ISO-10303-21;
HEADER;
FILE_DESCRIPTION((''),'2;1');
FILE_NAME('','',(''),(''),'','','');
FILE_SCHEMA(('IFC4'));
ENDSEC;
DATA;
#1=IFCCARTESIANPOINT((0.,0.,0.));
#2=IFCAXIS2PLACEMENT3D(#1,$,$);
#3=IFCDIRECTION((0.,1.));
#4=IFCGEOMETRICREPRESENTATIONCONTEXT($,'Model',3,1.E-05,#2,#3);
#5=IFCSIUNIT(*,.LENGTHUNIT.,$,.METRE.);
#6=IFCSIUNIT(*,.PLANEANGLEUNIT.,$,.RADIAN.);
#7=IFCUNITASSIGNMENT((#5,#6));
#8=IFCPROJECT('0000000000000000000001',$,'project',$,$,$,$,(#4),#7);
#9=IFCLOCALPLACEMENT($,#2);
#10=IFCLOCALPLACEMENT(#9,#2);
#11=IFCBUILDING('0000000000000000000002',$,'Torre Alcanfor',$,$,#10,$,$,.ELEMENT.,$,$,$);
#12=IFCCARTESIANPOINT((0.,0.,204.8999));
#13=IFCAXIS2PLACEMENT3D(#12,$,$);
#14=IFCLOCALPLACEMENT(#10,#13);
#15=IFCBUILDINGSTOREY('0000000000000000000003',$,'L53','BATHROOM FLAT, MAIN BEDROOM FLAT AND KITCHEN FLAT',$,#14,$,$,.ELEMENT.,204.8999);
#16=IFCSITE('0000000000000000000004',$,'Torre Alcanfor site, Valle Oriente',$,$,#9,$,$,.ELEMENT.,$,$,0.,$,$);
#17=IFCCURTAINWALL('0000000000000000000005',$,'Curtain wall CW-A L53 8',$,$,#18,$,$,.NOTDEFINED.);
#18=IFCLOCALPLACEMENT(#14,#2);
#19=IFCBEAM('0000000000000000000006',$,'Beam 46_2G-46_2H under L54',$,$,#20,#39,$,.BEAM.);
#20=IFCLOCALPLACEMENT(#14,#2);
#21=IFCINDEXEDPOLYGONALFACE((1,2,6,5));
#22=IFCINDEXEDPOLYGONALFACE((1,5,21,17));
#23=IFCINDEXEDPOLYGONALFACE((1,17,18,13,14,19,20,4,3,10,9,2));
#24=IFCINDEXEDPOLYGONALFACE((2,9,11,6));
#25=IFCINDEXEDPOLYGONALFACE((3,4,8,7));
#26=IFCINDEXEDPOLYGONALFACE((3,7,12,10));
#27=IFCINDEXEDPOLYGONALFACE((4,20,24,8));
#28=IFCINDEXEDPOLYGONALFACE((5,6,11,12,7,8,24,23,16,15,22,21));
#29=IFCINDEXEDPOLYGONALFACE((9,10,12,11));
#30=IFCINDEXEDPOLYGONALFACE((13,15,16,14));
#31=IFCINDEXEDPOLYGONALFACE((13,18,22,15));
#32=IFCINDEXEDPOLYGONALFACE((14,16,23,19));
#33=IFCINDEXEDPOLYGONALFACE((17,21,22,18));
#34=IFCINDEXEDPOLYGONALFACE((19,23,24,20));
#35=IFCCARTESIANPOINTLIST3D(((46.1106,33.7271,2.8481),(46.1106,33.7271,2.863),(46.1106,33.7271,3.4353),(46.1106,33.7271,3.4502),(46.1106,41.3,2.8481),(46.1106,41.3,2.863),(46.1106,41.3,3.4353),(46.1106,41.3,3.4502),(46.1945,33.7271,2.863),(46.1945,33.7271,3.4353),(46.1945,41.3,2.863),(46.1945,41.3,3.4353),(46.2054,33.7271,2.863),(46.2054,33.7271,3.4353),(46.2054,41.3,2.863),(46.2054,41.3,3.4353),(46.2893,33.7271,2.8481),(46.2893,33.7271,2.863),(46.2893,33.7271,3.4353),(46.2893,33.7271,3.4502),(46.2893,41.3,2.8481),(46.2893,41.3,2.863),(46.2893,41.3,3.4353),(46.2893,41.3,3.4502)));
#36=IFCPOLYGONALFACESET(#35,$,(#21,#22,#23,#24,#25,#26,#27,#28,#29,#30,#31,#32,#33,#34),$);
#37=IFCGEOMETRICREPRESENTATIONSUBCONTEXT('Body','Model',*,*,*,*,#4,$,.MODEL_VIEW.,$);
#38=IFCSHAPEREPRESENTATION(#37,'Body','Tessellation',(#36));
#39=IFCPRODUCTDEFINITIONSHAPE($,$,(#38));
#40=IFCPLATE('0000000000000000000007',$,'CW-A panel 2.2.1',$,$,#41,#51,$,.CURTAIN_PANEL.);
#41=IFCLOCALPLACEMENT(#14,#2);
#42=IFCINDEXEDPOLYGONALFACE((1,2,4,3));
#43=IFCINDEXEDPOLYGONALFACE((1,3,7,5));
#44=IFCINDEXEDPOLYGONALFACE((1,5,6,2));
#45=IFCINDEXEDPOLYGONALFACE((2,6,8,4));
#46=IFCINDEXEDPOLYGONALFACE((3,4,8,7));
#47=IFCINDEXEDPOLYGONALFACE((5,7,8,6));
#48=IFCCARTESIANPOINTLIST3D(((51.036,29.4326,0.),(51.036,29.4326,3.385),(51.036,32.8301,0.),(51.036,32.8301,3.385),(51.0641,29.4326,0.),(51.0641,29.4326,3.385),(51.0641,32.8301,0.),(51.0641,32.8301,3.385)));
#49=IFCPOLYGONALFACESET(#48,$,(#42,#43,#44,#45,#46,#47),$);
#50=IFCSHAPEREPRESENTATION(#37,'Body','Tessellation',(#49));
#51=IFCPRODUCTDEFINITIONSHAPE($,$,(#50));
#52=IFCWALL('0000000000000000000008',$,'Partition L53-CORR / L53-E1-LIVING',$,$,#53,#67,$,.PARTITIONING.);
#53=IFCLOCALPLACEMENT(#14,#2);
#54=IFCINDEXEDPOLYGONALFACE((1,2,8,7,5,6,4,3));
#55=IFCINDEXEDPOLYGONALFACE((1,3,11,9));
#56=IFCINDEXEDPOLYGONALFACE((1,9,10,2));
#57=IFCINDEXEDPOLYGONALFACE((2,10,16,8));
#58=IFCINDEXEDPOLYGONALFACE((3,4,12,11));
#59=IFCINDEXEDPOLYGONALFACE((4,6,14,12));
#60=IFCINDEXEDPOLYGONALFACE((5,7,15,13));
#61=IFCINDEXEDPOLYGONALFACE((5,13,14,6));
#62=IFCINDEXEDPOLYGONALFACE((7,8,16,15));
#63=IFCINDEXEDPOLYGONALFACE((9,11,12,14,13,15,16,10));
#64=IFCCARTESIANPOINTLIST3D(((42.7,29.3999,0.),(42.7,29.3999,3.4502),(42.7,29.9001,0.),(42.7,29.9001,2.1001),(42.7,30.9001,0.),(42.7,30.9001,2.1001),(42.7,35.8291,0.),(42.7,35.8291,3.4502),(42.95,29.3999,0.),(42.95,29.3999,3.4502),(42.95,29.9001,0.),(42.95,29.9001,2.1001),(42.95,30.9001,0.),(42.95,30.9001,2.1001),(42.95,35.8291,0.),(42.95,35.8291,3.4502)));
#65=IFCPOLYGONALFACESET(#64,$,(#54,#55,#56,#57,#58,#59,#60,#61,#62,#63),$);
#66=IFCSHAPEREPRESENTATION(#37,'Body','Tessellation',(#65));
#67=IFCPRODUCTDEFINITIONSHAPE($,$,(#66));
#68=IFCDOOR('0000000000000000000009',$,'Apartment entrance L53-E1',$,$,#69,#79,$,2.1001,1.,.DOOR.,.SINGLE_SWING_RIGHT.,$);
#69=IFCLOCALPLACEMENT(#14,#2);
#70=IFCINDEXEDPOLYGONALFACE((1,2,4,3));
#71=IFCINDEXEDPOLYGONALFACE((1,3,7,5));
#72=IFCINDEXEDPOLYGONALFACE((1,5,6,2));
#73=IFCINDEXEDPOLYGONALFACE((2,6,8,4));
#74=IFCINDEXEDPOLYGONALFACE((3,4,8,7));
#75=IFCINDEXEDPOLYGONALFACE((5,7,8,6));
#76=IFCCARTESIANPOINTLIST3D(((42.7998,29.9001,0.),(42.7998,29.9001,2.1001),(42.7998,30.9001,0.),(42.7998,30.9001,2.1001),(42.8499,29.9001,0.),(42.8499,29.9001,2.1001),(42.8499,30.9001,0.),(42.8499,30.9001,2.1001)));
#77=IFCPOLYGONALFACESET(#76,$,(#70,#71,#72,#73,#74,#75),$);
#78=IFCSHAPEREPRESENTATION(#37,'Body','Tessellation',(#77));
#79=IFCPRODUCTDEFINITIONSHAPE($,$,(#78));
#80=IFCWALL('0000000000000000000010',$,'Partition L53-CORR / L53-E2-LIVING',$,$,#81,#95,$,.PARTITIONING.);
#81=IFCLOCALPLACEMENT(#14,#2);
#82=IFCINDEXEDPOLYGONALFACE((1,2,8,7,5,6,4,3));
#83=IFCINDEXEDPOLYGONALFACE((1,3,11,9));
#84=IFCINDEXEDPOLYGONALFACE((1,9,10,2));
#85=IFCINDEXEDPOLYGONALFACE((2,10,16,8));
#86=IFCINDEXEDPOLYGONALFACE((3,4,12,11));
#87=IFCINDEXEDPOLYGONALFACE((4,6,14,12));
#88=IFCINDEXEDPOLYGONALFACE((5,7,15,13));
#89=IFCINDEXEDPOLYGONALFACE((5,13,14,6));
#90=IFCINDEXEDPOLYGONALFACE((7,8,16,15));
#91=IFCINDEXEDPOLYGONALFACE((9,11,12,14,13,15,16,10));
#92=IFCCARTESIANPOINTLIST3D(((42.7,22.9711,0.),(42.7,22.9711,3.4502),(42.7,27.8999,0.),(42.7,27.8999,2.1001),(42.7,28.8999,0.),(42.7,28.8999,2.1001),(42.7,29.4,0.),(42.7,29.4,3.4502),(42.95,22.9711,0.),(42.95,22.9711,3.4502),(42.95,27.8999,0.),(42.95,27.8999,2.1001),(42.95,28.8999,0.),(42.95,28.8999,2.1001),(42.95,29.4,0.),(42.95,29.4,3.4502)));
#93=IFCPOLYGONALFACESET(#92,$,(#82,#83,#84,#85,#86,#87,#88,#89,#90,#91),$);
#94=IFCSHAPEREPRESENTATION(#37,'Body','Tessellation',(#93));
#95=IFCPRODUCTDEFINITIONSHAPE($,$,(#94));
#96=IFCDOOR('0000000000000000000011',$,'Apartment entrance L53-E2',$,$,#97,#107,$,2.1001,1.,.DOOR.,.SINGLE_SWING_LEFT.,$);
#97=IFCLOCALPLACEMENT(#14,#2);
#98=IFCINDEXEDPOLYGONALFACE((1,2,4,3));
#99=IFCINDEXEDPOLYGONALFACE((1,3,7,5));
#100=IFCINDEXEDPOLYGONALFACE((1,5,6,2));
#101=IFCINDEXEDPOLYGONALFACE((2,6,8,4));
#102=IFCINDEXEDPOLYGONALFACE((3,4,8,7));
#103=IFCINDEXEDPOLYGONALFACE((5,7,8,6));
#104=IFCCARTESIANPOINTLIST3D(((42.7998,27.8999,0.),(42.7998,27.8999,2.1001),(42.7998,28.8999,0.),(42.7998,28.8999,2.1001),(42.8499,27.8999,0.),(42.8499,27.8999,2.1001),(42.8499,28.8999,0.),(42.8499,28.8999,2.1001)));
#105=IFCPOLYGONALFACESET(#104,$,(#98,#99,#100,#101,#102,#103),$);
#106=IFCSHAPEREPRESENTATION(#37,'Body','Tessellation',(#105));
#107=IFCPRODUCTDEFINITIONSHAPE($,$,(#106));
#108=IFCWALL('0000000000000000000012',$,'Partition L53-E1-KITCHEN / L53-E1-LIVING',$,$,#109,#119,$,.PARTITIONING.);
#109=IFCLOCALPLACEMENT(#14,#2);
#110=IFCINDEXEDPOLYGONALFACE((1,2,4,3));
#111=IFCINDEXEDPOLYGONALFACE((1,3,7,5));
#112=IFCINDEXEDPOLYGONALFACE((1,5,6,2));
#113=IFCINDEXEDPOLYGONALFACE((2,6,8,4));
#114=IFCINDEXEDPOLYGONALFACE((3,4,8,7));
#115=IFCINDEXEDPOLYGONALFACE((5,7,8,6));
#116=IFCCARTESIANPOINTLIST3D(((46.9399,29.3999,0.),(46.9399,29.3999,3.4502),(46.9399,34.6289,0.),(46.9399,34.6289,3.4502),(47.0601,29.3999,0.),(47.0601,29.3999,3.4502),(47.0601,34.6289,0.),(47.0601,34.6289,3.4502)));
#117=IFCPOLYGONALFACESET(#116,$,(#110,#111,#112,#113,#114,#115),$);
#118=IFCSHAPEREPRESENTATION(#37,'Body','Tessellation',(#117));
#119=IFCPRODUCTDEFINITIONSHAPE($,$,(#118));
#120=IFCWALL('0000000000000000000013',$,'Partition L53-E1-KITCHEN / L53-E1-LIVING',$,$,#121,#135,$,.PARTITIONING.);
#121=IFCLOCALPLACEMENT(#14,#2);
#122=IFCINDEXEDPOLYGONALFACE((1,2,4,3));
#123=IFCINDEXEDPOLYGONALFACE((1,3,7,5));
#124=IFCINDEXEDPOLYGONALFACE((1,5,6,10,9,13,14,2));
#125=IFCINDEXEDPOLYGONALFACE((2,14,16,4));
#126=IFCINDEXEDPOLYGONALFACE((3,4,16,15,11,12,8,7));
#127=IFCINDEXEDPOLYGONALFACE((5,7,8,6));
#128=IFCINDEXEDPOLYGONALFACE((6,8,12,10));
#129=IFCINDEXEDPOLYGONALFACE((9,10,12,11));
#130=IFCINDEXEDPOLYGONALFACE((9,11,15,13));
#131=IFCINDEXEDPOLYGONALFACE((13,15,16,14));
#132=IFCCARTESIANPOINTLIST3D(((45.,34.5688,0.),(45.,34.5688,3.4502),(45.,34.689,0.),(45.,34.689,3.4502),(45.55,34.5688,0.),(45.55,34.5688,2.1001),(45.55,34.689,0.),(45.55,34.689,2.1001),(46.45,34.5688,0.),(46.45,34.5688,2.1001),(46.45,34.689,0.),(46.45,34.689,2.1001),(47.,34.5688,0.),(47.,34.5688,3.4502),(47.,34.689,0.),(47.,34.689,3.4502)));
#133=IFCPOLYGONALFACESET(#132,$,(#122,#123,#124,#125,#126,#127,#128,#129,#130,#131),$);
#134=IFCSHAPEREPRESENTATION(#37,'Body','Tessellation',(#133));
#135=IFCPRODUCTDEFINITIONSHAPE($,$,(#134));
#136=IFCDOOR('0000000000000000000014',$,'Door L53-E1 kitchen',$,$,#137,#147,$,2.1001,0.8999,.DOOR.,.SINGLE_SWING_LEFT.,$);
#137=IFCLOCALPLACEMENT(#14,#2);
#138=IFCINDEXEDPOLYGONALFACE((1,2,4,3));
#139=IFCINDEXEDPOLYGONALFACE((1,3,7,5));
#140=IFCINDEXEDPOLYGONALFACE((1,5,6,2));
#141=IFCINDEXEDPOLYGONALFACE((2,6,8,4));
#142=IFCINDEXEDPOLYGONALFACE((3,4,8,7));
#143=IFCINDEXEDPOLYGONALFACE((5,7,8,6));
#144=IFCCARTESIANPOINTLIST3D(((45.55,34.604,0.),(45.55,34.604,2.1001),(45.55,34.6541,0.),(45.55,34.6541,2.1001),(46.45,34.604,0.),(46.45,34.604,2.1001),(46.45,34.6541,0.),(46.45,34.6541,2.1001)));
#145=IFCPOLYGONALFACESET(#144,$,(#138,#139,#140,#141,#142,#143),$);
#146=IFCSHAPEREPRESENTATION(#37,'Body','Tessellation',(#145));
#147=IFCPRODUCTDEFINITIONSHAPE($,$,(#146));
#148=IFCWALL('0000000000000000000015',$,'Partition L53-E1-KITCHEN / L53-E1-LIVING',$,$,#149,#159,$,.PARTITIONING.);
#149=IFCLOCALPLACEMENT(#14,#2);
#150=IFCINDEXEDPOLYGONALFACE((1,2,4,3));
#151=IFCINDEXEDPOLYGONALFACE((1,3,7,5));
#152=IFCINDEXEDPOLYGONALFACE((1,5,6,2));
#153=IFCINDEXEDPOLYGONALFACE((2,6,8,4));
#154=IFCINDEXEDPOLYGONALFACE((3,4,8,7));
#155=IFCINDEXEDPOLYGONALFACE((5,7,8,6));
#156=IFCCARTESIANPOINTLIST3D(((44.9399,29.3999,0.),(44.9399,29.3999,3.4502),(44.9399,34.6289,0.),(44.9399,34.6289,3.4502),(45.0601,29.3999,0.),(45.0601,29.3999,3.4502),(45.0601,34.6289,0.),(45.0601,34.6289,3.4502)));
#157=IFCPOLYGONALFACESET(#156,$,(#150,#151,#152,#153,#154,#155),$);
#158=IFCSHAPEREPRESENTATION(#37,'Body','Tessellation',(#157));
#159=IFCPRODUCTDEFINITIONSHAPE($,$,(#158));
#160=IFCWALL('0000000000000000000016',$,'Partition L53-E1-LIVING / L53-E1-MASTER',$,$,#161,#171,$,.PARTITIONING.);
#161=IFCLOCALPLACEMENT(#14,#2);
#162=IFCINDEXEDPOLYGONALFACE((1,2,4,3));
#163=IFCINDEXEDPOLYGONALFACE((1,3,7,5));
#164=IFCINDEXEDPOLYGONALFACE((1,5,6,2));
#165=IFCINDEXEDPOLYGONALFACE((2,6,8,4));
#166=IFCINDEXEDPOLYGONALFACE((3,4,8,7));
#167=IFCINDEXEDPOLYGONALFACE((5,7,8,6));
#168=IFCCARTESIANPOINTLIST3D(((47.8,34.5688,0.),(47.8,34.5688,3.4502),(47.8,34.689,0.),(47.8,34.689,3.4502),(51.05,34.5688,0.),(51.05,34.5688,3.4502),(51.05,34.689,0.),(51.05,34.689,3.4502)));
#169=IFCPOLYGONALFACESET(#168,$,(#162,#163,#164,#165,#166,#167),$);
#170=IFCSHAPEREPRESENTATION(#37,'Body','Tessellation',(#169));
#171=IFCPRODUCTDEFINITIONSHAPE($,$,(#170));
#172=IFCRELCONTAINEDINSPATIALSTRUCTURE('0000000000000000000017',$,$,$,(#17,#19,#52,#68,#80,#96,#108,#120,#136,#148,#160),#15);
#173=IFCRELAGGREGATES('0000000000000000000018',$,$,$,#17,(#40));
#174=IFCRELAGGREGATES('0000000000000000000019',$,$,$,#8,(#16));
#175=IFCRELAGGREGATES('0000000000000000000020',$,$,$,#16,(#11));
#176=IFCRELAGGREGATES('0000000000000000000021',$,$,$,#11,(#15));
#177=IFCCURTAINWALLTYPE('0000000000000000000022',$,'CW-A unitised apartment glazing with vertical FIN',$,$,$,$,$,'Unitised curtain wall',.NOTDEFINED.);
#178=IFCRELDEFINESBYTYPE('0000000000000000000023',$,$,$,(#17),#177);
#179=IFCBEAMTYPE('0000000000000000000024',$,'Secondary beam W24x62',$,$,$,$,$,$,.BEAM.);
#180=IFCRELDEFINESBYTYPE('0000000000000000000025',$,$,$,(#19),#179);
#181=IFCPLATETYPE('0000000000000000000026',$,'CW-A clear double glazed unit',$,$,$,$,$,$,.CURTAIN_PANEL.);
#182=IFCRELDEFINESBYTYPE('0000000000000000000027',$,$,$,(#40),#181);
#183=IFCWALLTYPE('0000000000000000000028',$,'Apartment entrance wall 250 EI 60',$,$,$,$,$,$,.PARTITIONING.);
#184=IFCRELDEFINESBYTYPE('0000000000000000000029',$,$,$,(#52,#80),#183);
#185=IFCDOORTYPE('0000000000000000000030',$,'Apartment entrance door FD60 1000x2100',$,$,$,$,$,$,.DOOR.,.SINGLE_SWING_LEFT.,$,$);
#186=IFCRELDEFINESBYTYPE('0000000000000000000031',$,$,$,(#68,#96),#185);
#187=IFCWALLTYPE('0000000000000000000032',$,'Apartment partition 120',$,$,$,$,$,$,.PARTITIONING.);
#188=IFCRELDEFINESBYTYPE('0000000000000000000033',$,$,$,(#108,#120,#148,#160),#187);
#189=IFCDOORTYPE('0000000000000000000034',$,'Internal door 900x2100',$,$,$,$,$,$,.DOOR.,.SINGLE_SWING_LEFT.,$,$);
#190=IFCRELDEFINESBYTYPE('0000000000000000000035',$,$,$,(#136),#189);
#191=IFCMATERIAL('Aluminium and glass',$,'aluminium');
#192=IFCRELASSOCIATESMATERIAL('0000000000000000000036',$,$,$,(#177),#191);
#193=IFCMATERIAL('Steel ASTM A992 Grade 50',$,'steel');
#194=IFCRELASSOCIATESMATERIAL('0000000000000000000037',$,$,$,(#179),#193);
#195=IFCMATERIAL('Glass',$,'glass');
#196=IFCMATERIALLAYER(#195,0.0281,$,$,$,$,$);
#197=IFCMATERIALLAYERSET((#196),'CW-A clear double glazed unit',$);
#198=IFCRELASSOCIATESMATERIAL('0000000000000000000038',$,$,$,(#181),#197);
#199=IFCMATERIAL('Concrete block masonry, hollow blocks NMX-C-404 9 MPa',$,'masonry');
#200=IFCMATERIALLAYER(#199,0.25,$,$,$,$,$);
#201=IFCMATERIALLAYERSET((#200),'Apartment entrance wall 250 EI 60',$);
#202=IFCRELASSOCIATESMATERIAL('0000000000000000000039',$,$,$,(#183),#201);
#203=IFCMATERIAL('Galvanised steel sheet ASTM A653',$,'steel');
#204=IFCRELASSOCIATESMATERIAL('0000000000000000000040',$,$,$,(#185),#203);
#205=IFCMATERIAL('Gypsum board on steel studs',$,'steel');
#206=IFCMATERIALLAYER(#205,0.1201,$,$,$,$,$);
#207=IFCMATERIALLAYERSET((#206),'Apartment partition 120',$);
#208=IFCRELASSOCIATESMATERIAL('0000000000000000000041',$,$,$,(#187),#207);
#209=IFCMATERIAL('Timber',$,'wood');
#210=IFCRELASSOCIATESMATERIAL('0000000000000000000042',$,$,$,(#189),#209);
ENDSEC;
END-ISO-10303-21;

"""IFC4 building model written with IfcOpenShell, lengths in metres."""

from ifc_helpers import new_model, si_unit, direction, frame, frame_2d, origin, origin_2d, place, context, subcontext, project, spatial, rectangle, i_section, extrude, material, layer, layer_set, material_profile, profile_set, type_object, element, fill, aggregate, save


model = new_model("IFC4")

# Units and contexts
model_context = context("Model", 3, precision=1e-05, world=origin(), true_north=direction((0.0, 1.0)))
body_context = subcontext(model_context, "Body", "Model", "MODEL_VIEW")
ifc_project = project(units=[si_unit("LENGTHUNIT", "METRE"), si_unit("PLANEANGLEUNIT", "RADIAN")], contexts=[model_context])

# Site, building, storey
site_placement = place(None, origin())
site = spatial("IfcSite", under=ifc_project, at=site_placement, Name="Torre Alcanfor site, Valle Oriente", CompositionType="ELEMENT", RefElevation=0.0)
building_placement = place(site_placement, origin())
building = spatial("IfcBuilding", under=site, at=building_placement, Name="Torre Alcanfor", CompositionType="ELEMENT")
storey_placement = place(building_placement, frame((0.0, 0.0, 204.8999)))
storey = spatial("IfcBuildingStorey", under=building, at=storey_placement, Name="L53", Description="BATHROOM FLAT, MAIN BEDROOM FLAT AND KITCHEN FLAT", CompositionType="ELEMENT", Elevation=204.8999)

# Curtain wall
ifc_material_1 = material(Name="Aluminium and glass", Category="aluminium")
curtain_wall_type = type_object("IfcCurtainWallType", Name="CW-A unitised apartment glazing with vertical FIN", ElementType="Unitised curtain wall", PredefinedType="NOTDEFINED", material=ifc_material_1)
curtain_wall_placement = place(storey_placement, origin())
curtain_wall = element("IfcCurtainWall", 1, at=curtain_wall_placement, inside=storey, type_object=curtain_wall_type, Name="Curtain wall CW-A L53 8", PredefinedType="NOTDEFINED")

# Beam
ifc_material_2 = material(Name="Steel ASTM A992 Grade 50", Category="steel")
ifc_material_profile_1 = material_profile(ifc_material_2, i_section(OverallWidth=0.1787, OverallDepth=0.6021, WebThickness=0.011, FlangeThickness=0.0149, at=origin_2d()), Name="W24x62")
ifc_profile_set_1 = profile_set([ifc_material_profile_1], Name="Steel ASTM A992 Grade 50")
beam_type_1 = type_object("IfcBeamType", Name="Secondary beam W24x62", PredefinedType="BEAM", material=ifc_profile_set_1)
beam_1_placement = place(storey_placement, frame((46.2, 33.7271, 3.1492), z_axis=(0.0, 1.0, 0.0), x_axis=(-1.0, 0.0, 0.0)))
element("IfcBeam", 2, at=beam_1_placement, inside=storey, type_object=beam_type_1, Name="Beam 46_2G-46_2H under L54", PredefinedType="BEAM", context=body_context, shape_type="SweptSolid", body=[
    extrude(i_section(OverallWidth=0.1787, OverallDepth=0.6021, WebThickness=0.011, FlangeThickness=0.0149, at=origin_2d()), origin(), (0.0, 0.0, 1.0), 7.573),
])

# Plate
ifc_material_3 = material(Name="Glass", Category="glass")
ifc_layer_1 = layer(ifc_material_3, 0.0281)
ifc_layer_set_1 = layer_set([ifc_layer_1], Name="CW-A clear double glazed unit")
plate_type = type_object("IfcPlateType", Name="CW-A clear double glazed unit", PredefinedType="CURTAIN_PANEL", material=ifc_layer_set_1)
plate_placement = place(storey_placement, frame((51.05, 31.1313, 0.0), z_axis=(0.0, 0.0, 1.0), x_axis=(0.0, 1.0, 0.0)))
plate = element("IfcPlate", 3, at=plate_placement, type_object=plate_type, Name="CW-A panel 2.2.1", PredefinedType="CURTAIN_PANEL", context=body_context, shape_type="SweptSolid", body=[
    extrude(rectangle(XDim=3.3975, YDim=0.0281, at=origin_2d()), origin(), (0.0, 0.0, 1.0), 3.385),
])
aggregate(curtain_wall, [plate])

# Walls, openings, doors
ifc_material_4 = material(Name="Concrete block masonry, hollow blocks NMX-C-404 9 MPa", Category="masonry")
ifc_layer_2 = layer(ifc_material_4, 0.25)
ifc_layer_set_2 = layer_set([ifc_layer_2], Name="Apartment entrance wall 250 EI 60")
wall_type_1 = type_object("IfcWallType", Name="Apartment entrance wall 250 EI 60", PredefinedType="PARTITIONING", material=ifc_layer_set_2)
wall_1_placement = place(storey_placement, frame((42.825, 35.8291, 0.0), z_axis=(0.0, 0.0, 1.0), x_axis=(0.0, -1.0, 0.0)))
wall_1 = element("IfcWall", 4, at=wall_1_placement, inside=storey, type_object=wall_type_1, Name="Partition L53-CORR / L53-E1-LIVING", PredefinedType="PARTITIONING", context=body_context, shape_type="SweptSolid", body=[
    extrude(rectangle(XDim=6.4292, YDim=0.25, at=frame_2d((3.2146, 0.0))), origin(), (0.0, 0.0, 1.0), 3.4502),
])
opening_1_placement = place(wall_1_placement, frame((4.929, 0.0, 0.0)))
opening_1 = element("IfcOpeningElement", 5, at=opening_1_placement, cuts=wall_1, PredefinedType="OPENING", context=body_context, shape_type="SweptSolid", body=[
    extrude(rectangle(XDim=1.0, YDim=2.1001, at=frame_2d((0.5, 1.05))), frame((0.0, 0.135, 0.0), z_axis=(0.0, -1.0, 0.0), x_axis=(1.0, 0.0, 0.0)), (0.0, 0.0, 1.0), 0.27),
])
ifc_material_5 = material(Name="Galvanised steel sheet ASTM A653", Category="steel")
door_type_1 = type_object("IfcDoorType", Name="Apartment entrance door FD60 1000x2100", OperationType="SINGLE_SWING_LEFT", PredefinedType="DOOR", material=ifc_material_5)
door_1_placement = place(opening_1_placement, origin())
door_1 = element("IfcDoor", 6, at=door_1_placement, inside=storey, type_object=door_type_1, Name="Apartment entrance L53-E1", OperationType="SINGLE_SWING_RIGHT", OverallHeight=2.1001, OverallWidth=1.0, PredefinedType="DOOR", context=body_context, shape_type="SweptSolid", body=[
    extrude(rectangle(XDim=1.0, YDim=2.1001, at=frame_2d((0.5, 1.05))), frame((0.0, 0.0249, 0.0), z_axis=(0.0, -1.0, 0.0), x_axis=(1.0, 0.0, 0.0)), (0.0, 0.0, 1.0), 0.05),
])
fill(opening_1, door_1)
wall_2_placement = place(storey_placement, frame((42.825, 29.3999, 0.0), z_axis=(0.0, 0.0, 1.0), x_axis=(0.0, -1.0, 0.0)))
wall_2 = element("IfcWall", 7, at=wall_2_placement, inside=storey, type_object=wall_type_1, Name="Partition L53-CORR / L53-E2-LIVING", PredefinedType="PARTITIONING", context=body_context, shape_type="SweptSolid", body=[
    extrude(rectangle(XDim=6.429, YDim=0.25, at=frame_2d((3.2144, 0.0))), origin(), (0.0, 0.0, 1.0), 3.4502),
])
opening_2_placement = place(wall_2_placement, frame((0.5, 0.0, 0.0)))
opening_2 = element("IfcOpeningElement", 8, at=opening_2_placement, cuts=wall_2, PredefinedType="OPENING", context=body_context, shape_type="SweptSolid", body=[
    extrude(rectangle(XDim=1.0, YDim=2.1001, at=frame_2d((0.5, 1.05))), frame((0.0, 0.135, 0.0), z_axis=(0.0, -1.0, 0.0), x_axis=(1.0, 0.0, 0.0)), (0.0, 0.0, 1.0), 0.27),
])
door_2_placement = place(opening_2_placement, origin())
door_2 = element("IfcDoor", 9, at=door_2_placement, inside=storey, type_object=door_type_1, Name="Apartment entrance L53-E2", OperationType="SINGLE_SWING_LEFT", OverallHeight=2.1001, OverallWidth=1.0, PredefinedType="DOOR", context=body_context, shape_type="SweptSolid", body=[
    extrude(rectangle(XDim=1.0, YDim=2.1001, at=frame_2d((0.5, 1.05))), frame((0.0, 0.0249, 0.0), z_axis=(0.0, -1.0, 0.0), x_axis=(1.0, 0.0, 0.0)), (0.0, 0.0, 1.0), 0.05),
])
fill(opening_2, door_2)

# Wall
ifc_material_6 = material(Name="Gypsum board on steel studs", Category="steel")
ifc_layer_3 = layer(ifc_material_6, 0.1201)
ifc_layer_set_3 = layer_set([ifc_layer_3], Name="Apartment partition 120")
wall_type_2 = type_object("IfcWallType", Name="Apartment partition 120", PredefinedType="PARTITIONING", material=ifc_layer_set_3)
wall_3_placement = place(storey_placement, frame((47.0, 29.3999, 0.0), z_axis=(0.0, 0.0, 1.0), x_axis=(0.0, 1.0, 0.0)))
element("IfcWall", 10, at=wall_3_placement, inside=storey, type_object=wall_type_2, Name="Partition L53-E1-KITCHEN / L53-E1-LIVING", PredefinedType="PARTITIONING", context=body_context, shape_type="SweptSolid", body=[
    extrude(rectangle(XDim=5.229, YDim=0.1201, at=frame_2d((2.6145, 0.0))), origin(), (0.0, 0.0, 1.0), 3.4502),
])

# Wall, opening, door
wall_4_placement = place(storey_placement, frame((47.0, 34.6289, 0.0), z_axis=(0.0, 0.0, 1.0), x_axis=(-1.0, 0.0, 0.0)))
wall_4 = element("IfcWall", 11, at=wall_4_placement, inside=storey, type_object=wall_type_2, Name="Partition L53-E1-KITCHEN / L53-E1-LIVING", PredefinedType="PARTITIONING", context=body_context, shape_type="SweptSolid", body=[
    extrude(rectangle(XDim=2.0, YDim=0.1201, at=frame_2d((1.0, 0.0))), origin(), (0.0, 0.0, 1.0), 3.4502),
])
opening_3_placement = place(wall_4_placement, frame((0.55, 0.0, 0.0)))
opening_3 = element("IfcOpeningElement", 12, at=opening_3_placement, cuts=wall_4, PredefinedType="OPENING", context=body_context, shape_type="SweptSolid", body=[
    extrude(rectangle(XDim=0.8999, YDim=2.1001, at=frame_2d((0.45, 1.05))), frame((0.0, 0.0701, 0.0), z_axis=(0.0, -1.0, 0.0), x_axis=(1.0, 0.0, 0.0)), (0.0, 0.0, 1.0), 0.1401),
])
ifc_material_7 = material(Name="Timber", Category="wood")
door_type_2 = type_object("IfcDoorType", Name="Internal door 900x2100", OperationType="SINGLE_SWING_LEFT", PredefinedType="DOOR", material=ifc_material_7)
door_3_placement = place(opening_3_placement, origin())
door_3 = element("IfcDoor", 13, at=door_3_placement, inside=storey, type_object=door_type_2, Name="Door L53-E1 kitchen", OperationType="SINGLE_SWING_LEFT", OverallHeight=2.1001, OverallWidth=0.8999, PredefinedType="DOOR", context=body_context, shape_type="SweptSolid", body=[
    extrude(rectangle(XDim=0.8999, YDim=2.1001, at=frame_2d((0.45, 1.05))), frame((0.0, 0.0249, 0.0), z_axis=(0.0, -1.0, 0.0), x_axis=(1.0, 0.0, 0.0)), (0.0, 0.0, 1.0), 0.05),
])
fill(opening_3, door_3)

# Walls
wall_5_placement = place(storey_placement, frame((45.0, 34.6289, 0.0), z_axis=(0.0, 0.0, 1.0), x_axis=(0.0, -1.0, 0.0)))
element("IfcWall", 14, at=wall_5_placement, inside=storey, type_object=wall_type_2, Name="Partition L53-E1-KITCHEN / L53-E1-LIVING", PredefinedType="PARTITIONING", context=body_context, shape_type="SweptSolid", body=[
    extrude(rectangle(XDim=5.229, YDim=0.1201, at=frame_2d((2.6145, 0.0))), origin(), (0.0, 0.0, 1.0), 3.4502),
])
wall_6_placement = place(storey_placement, frame((47.8, 34.6289, 0.0), z_axis=(0.0, 0.0, 1.0), x_axis=(1.0, 0.0, 0.0)))
element("IfcWall", 15, at=wall_6_placement, inside=storey, type_object=wall_type_2, Name="Partition L53-E1-LIVING / L53-E1-MASTER", PredefinedType="PARTITIONING", context=body_context, shape_type="SweptSolid", body=[
    extrude(rectangle(XDim=3.25, YDim=0.1201, at=frame_2d((1.625, 0.0))), origin(), (0.0, 0.0, 1.0), 3.4502),
])

save(model, "model.ifc")
